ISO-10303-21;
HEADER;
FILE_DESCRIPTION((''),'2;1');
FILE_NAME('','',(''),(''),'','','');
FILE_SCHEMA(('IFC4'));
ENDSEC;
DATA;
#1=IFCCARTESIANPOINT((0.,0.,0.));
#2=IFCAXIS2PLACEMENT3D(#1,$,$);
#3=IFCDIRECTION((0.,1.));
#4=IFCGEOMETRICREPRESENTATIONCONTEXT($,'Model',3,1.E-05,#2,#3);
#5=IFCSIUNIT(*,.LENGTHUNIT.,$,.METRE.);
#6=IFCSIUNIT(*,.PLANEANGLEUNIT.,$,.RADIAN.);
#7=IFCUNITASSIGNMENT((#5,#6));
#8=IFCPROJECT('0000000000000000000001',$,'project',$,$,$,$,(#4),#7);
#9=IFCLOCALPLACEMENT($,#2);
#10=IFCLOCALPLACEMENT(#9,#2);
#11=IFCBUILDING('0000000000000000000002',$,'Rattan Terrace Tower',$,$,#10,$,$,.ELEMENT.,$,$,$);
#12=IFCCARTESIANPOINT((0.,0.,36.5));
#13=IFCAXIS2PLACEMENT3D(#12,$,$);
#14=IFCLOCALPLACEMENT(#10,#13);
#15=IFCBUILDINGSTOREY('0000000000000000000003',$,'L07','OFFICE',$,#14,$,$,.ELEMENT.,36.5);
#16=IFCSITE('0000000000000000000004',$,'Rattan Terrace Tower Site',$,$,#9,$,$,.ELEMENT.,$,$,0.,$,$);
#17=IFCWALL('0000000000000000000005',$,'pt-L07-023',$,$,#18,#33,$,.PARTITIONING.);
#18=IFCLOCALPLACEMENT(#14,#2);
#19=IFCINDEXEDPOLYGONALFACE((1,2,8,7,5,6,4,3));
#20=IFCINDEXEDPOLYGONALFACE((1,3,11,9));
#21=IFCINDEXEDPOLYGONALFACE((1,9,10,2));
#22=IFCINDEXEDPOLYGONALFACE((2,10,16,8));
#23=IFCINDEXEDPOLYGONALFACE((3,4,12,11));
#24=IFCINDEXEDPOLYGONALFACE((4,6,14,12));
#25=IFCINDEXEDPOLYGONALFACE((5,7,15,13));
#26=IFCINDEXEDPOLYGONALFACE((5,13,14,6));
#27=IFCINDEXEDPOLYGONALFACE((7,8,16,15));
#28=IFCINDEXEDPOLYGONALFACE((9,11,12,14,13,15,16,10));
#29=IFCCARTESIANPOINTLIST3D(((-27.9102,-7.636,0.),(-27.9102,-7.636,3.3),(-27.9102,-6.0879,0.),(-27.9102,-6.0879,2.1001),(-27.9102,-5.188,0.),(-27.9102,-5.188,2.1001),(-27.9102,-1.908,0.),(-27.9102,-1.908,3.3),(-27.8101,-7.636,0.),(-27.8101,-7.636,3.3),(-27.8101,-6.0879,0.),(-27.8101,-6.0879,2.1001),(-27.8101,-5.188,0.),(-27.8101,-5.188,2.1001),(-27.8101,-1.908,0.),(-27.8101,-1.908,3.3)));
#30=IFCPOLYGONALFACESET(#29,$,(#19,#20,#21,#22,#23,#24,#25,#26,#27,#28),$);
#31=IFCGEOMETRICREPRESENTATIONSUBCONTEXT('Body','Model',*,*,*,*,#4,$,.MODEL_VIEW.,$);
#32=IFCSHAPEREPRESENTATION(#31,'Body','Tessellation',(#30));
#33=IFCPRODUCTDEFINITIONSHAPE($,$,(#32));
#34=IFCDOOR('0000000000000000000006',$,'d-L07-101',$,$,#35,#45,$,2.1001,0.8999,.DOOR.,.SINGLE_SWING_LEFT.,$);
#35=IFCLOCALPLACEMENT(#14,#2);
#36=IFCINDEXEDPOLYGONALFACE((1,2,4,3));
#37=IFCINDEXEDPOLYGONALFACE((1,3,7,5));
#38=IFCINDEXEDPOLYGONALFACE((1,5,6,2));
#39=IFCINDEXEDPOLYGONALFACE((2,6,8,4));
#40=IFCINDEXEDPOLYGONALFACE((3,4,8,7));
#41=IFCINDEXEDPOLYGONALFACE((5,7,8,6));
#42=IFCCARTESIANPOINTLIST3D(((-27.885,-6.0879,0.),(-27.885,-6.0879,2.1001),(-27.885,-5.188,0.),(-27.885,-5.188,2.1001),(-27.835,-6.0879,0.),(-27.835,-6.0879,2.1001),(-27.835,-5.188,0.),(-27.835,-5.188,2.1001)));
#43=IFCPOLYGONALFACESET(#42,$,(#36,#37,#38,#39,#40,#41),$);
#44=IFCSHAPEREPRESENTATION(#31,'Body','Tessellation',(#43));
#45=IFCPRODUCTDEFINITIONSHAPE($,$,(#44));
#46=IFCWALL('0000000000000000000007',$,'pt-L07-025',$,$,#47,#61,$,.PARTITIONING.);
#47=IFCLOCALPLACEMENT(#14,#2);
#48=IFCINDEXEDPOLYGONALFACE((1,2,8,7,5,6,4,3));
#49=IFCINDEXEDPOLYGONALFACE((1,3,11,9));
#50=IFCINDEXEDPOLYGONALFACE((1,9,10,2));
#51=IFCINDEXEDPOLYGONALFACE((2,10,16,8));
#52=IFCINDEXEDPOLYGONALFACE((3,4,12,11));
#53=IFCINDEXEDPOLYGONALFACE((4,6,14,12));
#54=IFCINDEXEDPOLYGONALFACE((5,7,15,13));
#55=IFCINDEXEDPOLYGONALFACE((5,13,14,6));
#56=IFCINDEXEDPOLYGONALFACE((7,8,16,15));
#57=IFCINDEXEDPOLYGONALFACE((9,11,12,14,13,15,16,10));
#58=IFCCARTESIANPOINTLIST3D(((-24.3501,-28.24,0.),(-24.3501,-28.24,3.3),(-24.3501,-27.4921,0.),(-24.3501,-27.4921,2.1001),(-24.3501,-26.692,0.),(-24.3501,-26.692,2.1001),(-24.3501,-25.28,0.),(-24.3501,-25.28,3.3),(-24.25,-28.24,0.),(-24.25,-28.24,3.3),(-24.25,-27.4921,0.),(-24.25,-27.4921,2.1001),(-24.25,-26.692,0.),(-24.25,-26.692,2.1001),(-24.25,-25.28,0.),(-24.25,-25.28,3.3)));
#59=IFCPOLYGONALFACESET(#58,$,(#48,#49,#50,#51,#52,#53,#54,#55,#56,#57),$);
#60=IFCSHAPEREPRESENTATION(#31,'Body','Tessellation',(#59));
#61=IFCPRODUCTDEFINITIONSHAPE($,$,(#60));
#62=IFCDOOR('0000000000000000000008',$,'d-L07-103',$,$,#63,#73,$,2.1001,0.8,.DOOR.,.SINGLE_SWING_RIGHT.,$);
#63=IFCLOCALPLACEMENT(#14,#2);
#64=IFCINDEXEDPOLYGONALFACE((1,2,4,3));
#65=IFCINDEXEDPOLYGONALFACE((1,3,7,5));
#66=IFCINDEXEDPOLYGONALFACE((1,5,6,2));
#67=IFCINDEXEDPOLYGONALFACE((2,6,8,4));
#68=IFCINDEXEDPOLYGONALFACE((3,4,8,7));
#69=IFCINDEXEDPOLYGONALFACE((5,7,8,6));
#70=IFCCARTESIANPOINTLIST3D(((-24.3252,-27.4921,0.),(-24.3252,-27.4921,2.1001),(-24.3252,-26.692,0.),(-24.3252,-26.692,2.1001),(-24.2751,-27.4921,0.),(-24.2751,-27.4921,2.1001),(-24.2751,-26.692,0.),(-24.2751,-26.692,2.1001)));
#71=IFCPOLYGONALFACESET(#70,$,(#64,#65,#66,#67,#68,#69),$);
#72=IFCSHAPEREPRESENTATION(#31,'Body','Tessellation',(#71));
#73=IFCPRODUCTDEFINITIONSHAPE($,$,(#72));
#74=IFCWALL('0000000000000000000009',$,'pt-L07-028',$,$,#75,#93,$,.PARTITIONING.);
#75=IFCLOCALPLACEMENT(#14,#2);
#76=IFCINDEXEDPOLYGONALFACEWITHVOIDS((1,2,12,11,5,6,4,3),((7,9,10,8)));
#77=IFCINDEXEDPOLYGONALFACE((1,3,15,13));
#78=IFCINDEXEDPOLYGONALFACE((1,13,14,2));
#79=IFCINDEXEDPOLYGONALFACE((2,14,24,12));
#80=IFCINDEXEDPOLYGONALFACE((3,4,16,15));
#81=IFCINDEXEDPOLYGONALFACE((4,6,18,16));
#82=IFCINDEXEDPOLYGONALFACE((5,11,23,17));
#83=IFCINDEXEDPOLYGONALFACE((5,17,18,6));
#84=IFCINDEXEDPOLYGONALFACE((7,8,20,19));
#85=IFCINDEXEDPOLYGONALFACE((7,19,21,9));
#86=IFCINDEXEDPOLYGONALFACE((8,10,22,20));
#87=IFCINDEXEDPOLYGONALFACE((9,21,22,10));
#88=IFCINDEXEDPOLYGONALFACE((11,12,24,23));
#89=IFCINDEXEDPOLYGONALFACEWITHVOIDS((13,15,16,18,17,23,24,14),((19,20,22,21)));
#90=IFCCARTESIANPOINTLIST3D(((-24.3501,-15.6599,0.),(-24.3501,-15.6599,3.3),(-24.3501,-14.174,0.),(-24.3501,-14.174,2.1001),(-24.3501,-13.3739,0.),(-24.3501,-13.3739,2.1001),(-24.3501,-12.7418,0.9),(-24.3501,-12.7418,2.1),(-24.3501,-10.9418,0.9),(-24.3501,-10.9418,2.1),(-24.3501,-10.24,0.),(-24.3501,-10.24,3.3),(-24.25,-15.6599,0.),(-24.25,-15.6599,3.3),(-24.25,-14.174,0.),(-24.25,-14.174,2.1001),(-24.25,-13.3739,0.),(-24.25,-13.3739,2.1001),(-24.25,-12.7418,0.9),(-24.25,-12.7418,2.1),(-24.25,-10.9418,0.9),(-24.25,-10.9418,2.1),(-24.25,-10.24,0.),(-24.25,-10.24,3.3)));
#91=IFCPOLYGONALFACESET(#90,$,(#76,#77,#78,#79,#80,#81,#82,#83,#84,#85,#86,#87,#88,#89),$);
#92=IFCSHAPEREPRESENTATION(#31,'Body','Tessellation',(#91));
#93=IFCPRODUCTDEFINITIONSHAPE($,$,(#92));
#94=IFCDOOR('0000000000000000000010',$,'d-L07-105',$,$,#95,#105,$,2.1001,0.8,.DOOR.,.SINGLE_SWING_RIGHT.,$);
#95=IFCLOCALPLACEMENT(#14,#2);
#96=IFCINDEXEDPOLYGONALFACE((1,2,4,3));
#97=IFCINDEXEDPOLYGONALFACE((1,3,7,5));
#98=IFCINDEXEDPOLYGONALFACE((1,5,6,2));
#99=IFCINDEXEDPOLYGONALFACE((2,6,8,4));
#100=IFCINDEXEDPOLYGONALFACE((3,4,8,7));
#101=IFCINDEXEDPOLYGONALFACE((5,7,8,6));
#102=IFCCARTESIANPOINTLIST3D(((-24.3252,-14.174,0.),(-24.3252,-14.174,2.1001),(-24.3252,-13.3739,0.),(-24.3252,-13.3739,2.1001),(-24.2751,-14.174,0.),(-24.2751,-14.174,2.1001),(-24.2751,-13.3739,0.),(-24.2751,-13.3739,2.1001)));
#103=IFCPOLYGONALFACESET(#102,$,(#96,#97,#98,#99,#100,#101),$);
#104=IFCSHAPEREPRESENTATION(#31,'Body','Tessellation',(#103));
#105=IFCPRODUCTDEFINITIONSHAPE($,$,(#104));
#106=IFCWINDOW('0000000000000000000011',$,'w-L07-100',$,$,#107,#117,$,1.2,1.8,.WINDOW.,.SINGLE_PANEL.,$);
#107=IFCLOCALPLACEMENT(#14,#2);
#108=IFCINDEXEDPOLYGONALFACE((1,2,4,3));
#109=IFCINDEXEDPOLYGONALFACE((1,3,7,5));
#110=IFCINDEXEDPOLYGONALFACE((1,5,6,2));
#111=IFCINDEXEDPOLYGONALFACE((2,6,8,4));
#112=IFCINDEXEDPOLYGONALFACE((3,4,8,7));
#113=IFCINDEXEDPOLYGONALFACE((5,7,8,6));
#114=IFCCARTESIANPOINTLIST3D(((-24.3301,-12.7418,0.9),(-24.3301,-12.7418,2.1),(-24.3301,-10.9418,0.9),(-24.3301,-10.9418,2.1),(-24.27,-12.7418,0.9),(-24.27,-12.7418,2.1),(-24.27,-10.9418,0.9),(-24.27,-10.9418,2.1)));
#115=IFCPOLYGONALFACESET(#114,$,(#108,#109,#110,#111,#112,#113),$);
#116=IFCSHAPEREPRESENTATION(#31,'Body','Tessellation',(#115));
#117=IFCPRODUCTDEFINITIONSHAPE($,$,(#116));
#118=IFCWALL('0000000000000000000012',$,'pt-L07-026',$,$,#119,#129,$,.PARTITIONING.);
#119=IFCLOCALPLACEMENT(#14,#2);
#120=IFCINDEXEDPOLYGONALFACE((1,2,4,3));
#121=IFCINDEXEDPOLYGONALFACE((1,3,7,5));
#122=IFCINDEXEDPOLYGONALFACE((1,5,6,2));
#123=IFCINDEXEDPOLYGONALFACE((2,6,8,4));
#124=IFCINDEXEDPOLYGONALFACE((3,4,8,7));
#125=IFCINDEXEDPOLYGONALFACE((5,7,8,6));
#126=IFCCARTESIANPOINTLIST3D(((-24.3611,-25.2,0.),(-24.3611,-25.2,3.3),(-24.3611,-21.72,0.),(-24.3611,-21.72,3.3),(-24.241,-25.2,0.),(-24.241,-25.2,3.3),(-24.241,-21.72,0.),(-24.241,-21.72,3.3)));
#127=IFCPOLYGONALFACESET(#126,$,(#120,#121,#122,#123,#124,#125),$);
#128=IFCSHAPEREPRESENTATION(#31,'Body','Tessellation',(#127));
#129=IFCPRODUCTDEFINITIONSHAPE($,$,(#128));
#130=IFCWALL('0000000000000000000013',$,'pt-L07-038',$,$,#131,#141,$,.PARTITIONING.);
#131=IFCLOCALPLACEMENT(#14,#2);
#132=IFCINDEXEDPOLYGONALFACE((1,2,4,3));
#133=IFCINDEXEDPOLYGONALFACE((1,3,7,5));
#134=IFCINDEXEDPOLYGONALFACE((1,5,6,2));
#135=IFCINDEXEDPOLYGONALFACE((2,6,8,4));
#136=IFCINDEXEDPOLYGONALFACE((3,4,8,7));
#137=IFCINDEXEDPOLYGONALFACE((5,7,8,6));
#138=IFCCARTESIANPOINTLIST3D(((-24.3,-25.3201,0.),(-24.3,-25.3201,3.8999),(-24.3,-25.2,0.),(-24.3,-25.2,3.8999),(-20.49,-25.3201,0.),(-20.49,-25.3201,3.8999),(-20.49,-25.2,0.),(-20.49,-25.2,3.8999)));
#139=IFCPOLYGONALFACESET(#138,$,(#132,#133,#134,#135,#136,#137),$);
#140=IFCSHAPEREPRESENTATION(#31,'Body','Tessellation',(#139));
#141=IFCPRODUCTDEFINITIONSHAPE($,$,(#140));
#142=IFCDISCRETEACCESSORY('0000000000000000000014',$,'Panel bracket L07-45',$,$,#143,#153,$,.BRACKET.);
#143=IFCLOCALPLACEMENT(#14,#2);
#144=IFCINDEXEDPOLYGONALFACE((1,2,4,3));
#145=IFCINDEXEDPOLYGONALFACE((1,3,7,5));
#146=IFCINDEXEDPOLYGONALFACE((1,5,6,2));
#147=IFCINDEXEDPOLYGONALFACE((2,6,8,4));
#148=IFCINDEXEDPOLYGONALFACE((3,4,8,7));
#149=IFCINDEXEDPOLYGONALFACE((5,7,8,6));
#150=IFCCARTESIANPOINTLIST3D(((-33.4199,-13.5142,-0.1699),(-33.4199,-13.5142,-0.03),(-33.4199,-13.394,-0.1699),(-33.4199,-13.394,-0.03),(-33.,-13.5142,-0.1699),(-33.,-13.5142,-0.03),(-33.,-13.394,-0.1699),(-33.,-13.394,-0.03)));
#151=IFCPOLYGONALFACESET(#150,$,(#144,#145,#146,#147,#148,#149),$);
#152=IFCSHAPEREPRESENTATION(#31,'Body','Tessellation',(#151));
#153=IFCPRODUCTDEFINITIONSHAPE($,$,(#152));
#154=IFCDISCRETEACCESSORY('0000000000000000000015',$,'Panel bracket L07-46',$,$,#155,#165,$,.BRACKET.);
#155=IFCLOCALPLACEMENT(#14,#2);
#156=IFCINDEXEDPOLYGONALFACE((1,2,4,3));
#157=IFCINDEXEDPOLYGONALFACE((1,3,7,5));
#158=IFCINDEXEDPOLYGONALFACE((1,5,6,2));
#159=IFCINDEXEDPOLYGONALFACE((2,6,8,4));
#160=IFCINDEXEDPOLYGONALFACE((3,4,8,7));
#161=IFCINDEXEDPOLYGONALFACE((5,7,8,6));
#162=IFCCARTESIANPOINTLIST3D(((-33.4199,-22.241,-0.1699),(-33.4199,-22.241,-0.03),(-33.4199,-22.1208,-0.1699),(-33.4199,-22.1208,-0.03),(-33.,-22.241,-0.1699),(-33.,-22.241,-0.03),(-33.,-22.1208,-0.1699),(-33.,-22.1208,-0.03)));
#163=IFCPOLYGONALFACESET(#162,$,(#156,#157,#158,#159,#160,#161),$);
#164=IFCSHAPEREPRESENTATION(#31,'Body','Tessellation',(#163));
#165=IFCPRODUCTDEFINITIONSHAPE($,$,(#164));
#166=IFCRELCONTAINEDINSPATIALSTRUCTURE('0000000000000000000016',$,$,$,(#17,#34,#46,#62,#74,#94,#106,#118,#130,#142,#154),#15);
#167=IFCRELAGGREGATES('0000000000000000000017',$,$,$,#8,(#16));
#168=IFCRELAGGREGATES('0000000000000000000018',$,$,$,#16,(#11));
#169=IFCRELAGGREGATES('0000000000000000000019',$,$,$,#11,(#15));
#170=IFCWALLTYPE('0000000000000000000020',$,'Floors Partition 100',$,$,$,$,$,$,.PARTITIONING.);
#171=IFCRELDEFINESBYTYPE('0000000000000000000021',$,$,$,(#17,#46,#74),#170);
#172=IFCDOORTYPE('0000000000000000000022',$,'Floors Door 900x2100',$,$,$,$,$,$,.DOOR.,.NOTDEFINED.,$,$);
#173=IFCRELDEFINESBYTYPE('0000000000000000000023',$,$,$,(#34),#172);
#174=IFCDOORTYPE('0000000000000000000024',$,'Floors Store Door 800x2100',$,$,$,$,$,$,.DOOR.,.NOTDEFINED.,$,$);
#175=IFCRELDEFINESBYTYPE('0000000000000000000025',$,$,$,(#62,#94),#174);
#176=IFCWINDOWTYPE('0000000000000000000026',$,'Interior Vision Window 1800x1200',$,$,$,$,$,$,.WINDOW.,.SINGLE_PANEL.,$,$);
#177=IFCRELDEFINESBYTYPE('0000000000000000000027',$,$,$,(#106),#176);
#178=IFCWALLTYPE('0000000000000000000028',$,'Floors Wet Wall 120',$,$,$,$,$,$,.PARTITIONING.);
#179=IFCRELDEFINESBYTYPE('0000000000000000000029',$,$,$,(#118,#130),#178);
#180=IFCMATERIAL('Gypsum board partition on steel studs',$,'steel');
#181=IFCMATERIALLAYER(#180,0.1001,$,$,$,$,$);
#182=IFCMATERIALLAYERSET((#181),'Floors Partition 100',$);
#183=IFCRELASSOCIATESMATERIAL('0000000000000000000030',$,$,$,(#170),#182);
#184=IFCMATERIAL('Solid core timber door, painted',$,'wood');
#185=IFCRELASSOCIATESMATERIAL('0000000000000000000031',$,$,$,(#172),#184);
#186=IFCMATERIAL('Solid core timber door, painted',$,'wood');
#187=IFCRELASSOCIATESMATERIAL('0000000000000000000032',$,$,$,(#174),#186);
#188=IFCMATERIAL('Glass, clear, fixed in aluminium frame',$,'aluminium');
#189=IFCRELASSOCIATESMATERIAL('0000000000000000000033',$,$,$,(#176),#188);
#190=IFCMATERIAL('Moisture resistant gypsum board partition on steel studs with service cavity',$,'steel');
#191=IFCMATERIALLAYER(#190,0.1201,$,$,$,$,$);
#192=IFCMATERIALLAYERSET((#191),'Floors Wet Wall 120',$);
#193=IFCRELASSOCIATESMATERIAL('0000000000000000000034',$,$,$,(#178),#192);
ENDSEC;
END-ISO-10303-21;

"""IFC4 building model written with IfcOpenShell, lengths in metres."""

from ifc_helpers import new_model, si_unit, direction, frame, frame_2d, origin, origin_2d, place, context, subcontext, project, spatial, rectangle, extrude, material, layer, layer_set, type_object, element, fill, save


model = new_model("IFC4")

# Units and contexts
model_context = context("Model", 3, precision=1e-05, world=origin(), true_north=direction((0.0, 1.0)))
body_context = subcontext(model_context, "Body", "Model", "MODEL_VIEW")
ifc_project = project(units=[si_unit("LENGTHUNIT", "METRE"), si_unit("PLANEANGLEUNIT", "RADIAN")], contexts=[model_context])

# Site, building, storey
site_placement = place(None, origin())
site = spatial("IfcSite", under=ifc_project, at=site_placement, Name="Rattan Terrace Tower Site", CompositionType="ELEMENT", RefElevation=0.0)
building_placement = place(site_placement, origin())
building = spatial("IfcBuilding", under=site, at=building_placement, Name="Rattan Terrace Tower", CompositionType="ELEMENT")
storey_placement = place(building_placement, frame((0.0, 0.0, 36.5)))
storey = spatial("IfcBuildingStorey", under=building, at=storey_placement, Name="L07", Description="OFFICE", CompositionType="ELEMENT", Elevation=36.5)

# Shared definitions
ifc_material_1 = material(Name="Gypsum board partition on steel studs", Category="steel")
ifc_layer_1 = layer(ifc_material_1, 0.1001)
ifc_layer_set_1 = layer_set([ifc_layer_1], Name="Floors Partition 100")
wall_type_1 = type_object("IfcWallType", Name="Floors Partition 100", PredefinedType="PARTITIONING", material=ifc_layer_set_1)

# Walls, openings, doors
wall_1_placement = place(storey_placement, frame((-27.8601, -7.636, 0.0), z_axis=(0.0, 0.0, 1.0), x_axis=(0.0, 1.0, 0.0)))
wall_1 = element("IfcWall", 1, at=wall_1_placement, inside=storey, type_object=wall_type_1, Name="pt-L07-023", PredefinedType="PARTITIONING", context=body_context, shape_type="SweptSolid", body=[
    extrude(rectangle(XDim=5.728, YDim=0.1001, at=frame_2d((2.864, 0.0))), origin(), (0.0, 0.0, 1.0), 3.3),
])
opening_1_placement = place(wall_1_placement, frame((1.5481, 0.0, 0.0)))
opening_1 = element("IfcOpeningElement", 2, at=opening_1_placement, cuts=wall_1, PredefinedType="OPENING", context=body_context, shape_type="SweptSolid", body=[
    extrude(rectangle(XDim=0.8999, YDim=2.1001, at=frame_2d((0.45, 1.05))), frame((0.0, 0.0605, 0.0), z_axis=(0.0, -1.0, 0.0), x_axis=(1.0, 0.0, 0.0)), (0.0, 0.0, 1.0), 0.1211),
])
ifc_material_2 = material(Name="Solid core timber door, painted", Category="wood")
door_type_1 = type_object("IfcDoorType", Name="Floors Door 900x2100", OperationType="NOTDEFINED", PredefinedType="DOOR", material=ifc_material_2)
door_1_placement = place(opening_1_placement, origin())
door_1 = element("IfcDoor", 3, at=door_1_placement, inside=storey, type_object=door_type_1, Name="d-L07-101", OperationType="SINGLE_SWING_LEFT", OverallHeight=2.1001, OverallWidth=0.8999, PredefinedType="DOOR", context=body_context, shape_type="SweptSolid", body=[
    extrude(rectangle(XDim=0.8999, YDim=2.1001, at=frame_2d((0.45, 1.05))), frame((0.0, 0.0249, 0.0), z_axis=(0.0, -1.0, 0.0), x_axis=(1.0, 0.0, 0.0)), (0.0, 0.0, 1.0), 0.05),
])
fill(opening_1, door_1)
wall_2_placement = place(storey_placement, frame((-24.3, -25.28, 0.0), z_axis=(0.0, 0.0, 1.0), x_axis=(0.0, -1.0, 0.0)))
wall_2 = element("IfcWall", 4, at=wall_2_placement, inside=storey, type_object=wall_type_1, Name="pt-L07-025", PredefinedType="PARTITIONING", context=body_context, shape_type="SweptSolid", body=[
    extrude(rectangle(XDim=2.96, YDim=0.1001, at=frame_2d((1.48, 0.0))), origin(), (0.0, 0.0, 1.0), 3.3),
])
opening_2_placement = place(wall_2_placement, frame((1.4121, 0.0, 0.0)))
opening_2 = element("IfcOpeningElement", 5, at=opening_2_placement, cuts=wall_2, PredefinedType="OPENING", context=body_context, shape_type="SweptSolid", body=[
    extrude(rectangle(XDim=0.8, YDim=2.1001, at=frame_2d((0.3999, 1.05))), frame((0.0, 0.0605, 0.0), z_axis=(0.0, -1.0, 0.0), x_axis=(1.0, 0.0, 0.0)), (0.0, 0.0, 1.0), 0.1211),
])
ifc_material_3 = material(Name="Solid core timber door, painted", Category="wood")
door_type_2 = type_object("IfcDoorType", Name="Floors Store Door 800x2100", OperationType="NOTDEFINED", PredefinedType="DOOR", material=ifc_material_3)
door_2_placement = place(opening_2_placement, origin())
door_2 = element("IfcDoor", 6, at=door_2_placement, inside=storey, type_object=door_type_2, Name="d-L07-103", OperationType="SINGLE_SWING_RIGHT", OverallHeight=2.1001, OverallWidth=0.8, PredefinedType="DOOR", context=body_context, shape_type="SweptSolid", body=[
    extrude(rectangle(XDim=0.8, YDim=2.1001, at=frame_2d((0.3999, 1.05))), frame((0.0, 0.0249, 0.0), z_axis=(0.0, -1.0, 0.0), x_axis=(1.0, 0.0, 0.0)), (0.0, 0.0, 1.0), 0.05),
])
fill(opening_2, door_2)

# Wall, openings, door, window
wall_3_placement = place(storey_placement, frame((-24.3, -10.24, 0.0), z_axis=(0.0, 0.0, 1.0), x_axis=(0.0, -1.0, 0.0)))
wall_3 = element("IfcWall", 7, at=wall_3_placement, inside=storey, type_object=wall_type_1, Name="pt-L07-028", PredefinedType="PARTITIONING", context=body_context, shape_type="SweptSolid", body=[
    extrude(rectangle(XDim=5.4199, YDim=0.1001, at=frame_2d((2.71, 0.0))), origin(), (0.0, 0.0, 1.0), 3.3),
])
opening_3_placement = place(wall_3_placement, frame((3.134, 0.0, 0.0)))
opening_3 = element("IfcOpeningElement", 8, at=opening_3_placement, cuts=wall_3, PredefinedType="OPENING", context=body_context, shape_type="SweptSolid", body=[
    extrude(rectangle(XDim=0.8, YDim=2.1001, at=frame_2d((0.3999, 1.05))), frame((0.0, 0.0605, 0.0), z_axis=(0.0, -1.0, 0.0), x_axis=(1.0, 0.0, 0.0)), (0.0, 0.0, 1.0), 0.1211),
])
opening_4_placement = place(wall_3_placement, frame((0.7019, 0.0, 0.8999)))
opening_4 = element("IfcOpeningElement", 9, at=opening_4_placement, cuts=wall_3, PredefinedType="OPENING", context=body_context, shape_type="SweptSolid", body=[
    extrude(rectangle(XDim=1.8, YDim=1.2, at=frame_2d((0.8999, 0.6001))), frame((0.0, 0.0605, 0.0), z_axis=(0.0, -1.0, 0.0), x_axis=(1.0, 0.0, 0.0)), (0.0, 0.0, 1.0), 0.1211),
])
door_3_placement = place(opening_3_placement, origin())
door_3 = element("IfcDoor", 10, at=door_3_placement, inside=storey, type_object=door_type_2, Name="d-L07-105", OperationType="SINGLE_SWING_RIGHT", OverallHeight=2.1001, OverallWidth=0.8, PredefinedType="DOOR", context=body_context, shape_type="SweptSolid", body=[
    extrude(rectangle(XDim=0.8, YDim=2.1001, at=frame_2d((0.3999, 1.05))), frame((0.0, 0.0249, 0.0), z_axis=(0.0, -1.0, 0.0), x_axis=(1.0, 0.0, 0.0)), (0.0, 0.0, 1.0), 0.05),
])
fill(opening_3, door_3)
ifc_material_4 = material(Name="Glass, clear, fixed in aluminium frame", Category="aluminium")
window_type = type_object("IfcWindowType", Name="Interior Vision Window 1800x1200", PartitioningType="SINGLE_PANEL", PredefinedType="WINDOW", material=ifc_material_4)
window_placement = place(opening_4_placement, origin())
window = element("IfcWindow", 11, at=window_placement, inside=storey, type_object=window_type, Name="w-L07-100", OverallHeight=1.2, OverallWidth=1.8, PartitioningType="SINGLE_PANEL", PredefinedType="WINDOW", context=body_context, shape_type="SweptSolid", body=[
    extrude(rectangle(XDim=1.8, YDim=1.2, at=frame_2d((0.8999, 0.6001))), frame((0.0, 0.03, 0.0), z_axis=(0.0, -1.0, 0.0), x_axis=(1.0, 0.0, 0.0)), (0.0, 0.0, 1.0), 0.0601),
])
fill(opening_4, window)

# Walls
ifc_material_5 = material(Name="Moisture resistant gypsum board partition on steel studs with service cavity", Category="steel")
ifc_layer_2 = layer(ifc_material_5, 0.1201)
ifc_layer_set_2 = layer_set([ifc_layer_2], Name="Floors Wet Wall 120")
wall_type_2 = type_object("IfcWallType", Name="Floors Wet Wall 120", PredefinedType="PARTITIONING", material=ifc_layer_set_2)
wall_4_placement = place(storey_placement, frame((-24.301, -21.72, 0.0), z_axis=(0.0, 0.0, 1.0), x_axis=(0.0, -1.0, 0.0)))
element("IfcWall", 12, at=wall_4_placement, inside=storey, type_object=wall_type_2, Name="pt-L07-026", PredefinedType="PARTITIONING", context=body_context, shape_type="SweptSolid", body=[
    extrude(rectangle(XDim=3.48, YDim=0.1201, at=frame_2d((1.74, 0.0))), origin(), (0.0, 0.0, 1.0), 3.3),
])
wall_5_placement = place(storey_placement, frame((-24.3, -25.26, 0.0), z_axis=(0.0, 0.0, 1.0), x_axis=(1.0, 0.0, 0.0)))
element("IfcWall", 13, at=wall_5_placement, inside=storey, type_object=wall_type_2, Name="pt-L07-038", PredefinedType="PARTITIONING", context=body_context, shape_type="SweptSolid", body=[
    extrude(rectangle(XDim=3.8101, YDim=0.1201, at=frame_2d((1.905, 0.0))), origin(), (0.0, 0.0, 1.0), 3.8999),
])

# Discrete accessories
for number, where, z_axis, x_axis, name in (
    (14, (-33.21, -13.4541, -0.1699), (0.0, 0.0, 1.0), (0.0, -1.0, 0.0), "Panel bracket L07-45"),
    (15, (-33.21, -22.1809, -0.1699), (0.0, 0.0, 1.0), (0.0, -1.0, 0.0), "Panel bracket L07-46"),
):
    element("IfcDiscreteAccessory", number, at=place(storey_placement, frame(where, z_axis=z_axis, x_axis=x_axis)), inside=storey, Name=name, PredefinedType="BRACKET", context=body_context, shape_type="SweptSolid", body=[
        extrude(rectangle(XDim=0.1201, YDim=0.4199, at=origin_2d()), origin(), (0.0, 0.0, 1.0), 0.1399),
    ])

save(model, "model.ifc")
